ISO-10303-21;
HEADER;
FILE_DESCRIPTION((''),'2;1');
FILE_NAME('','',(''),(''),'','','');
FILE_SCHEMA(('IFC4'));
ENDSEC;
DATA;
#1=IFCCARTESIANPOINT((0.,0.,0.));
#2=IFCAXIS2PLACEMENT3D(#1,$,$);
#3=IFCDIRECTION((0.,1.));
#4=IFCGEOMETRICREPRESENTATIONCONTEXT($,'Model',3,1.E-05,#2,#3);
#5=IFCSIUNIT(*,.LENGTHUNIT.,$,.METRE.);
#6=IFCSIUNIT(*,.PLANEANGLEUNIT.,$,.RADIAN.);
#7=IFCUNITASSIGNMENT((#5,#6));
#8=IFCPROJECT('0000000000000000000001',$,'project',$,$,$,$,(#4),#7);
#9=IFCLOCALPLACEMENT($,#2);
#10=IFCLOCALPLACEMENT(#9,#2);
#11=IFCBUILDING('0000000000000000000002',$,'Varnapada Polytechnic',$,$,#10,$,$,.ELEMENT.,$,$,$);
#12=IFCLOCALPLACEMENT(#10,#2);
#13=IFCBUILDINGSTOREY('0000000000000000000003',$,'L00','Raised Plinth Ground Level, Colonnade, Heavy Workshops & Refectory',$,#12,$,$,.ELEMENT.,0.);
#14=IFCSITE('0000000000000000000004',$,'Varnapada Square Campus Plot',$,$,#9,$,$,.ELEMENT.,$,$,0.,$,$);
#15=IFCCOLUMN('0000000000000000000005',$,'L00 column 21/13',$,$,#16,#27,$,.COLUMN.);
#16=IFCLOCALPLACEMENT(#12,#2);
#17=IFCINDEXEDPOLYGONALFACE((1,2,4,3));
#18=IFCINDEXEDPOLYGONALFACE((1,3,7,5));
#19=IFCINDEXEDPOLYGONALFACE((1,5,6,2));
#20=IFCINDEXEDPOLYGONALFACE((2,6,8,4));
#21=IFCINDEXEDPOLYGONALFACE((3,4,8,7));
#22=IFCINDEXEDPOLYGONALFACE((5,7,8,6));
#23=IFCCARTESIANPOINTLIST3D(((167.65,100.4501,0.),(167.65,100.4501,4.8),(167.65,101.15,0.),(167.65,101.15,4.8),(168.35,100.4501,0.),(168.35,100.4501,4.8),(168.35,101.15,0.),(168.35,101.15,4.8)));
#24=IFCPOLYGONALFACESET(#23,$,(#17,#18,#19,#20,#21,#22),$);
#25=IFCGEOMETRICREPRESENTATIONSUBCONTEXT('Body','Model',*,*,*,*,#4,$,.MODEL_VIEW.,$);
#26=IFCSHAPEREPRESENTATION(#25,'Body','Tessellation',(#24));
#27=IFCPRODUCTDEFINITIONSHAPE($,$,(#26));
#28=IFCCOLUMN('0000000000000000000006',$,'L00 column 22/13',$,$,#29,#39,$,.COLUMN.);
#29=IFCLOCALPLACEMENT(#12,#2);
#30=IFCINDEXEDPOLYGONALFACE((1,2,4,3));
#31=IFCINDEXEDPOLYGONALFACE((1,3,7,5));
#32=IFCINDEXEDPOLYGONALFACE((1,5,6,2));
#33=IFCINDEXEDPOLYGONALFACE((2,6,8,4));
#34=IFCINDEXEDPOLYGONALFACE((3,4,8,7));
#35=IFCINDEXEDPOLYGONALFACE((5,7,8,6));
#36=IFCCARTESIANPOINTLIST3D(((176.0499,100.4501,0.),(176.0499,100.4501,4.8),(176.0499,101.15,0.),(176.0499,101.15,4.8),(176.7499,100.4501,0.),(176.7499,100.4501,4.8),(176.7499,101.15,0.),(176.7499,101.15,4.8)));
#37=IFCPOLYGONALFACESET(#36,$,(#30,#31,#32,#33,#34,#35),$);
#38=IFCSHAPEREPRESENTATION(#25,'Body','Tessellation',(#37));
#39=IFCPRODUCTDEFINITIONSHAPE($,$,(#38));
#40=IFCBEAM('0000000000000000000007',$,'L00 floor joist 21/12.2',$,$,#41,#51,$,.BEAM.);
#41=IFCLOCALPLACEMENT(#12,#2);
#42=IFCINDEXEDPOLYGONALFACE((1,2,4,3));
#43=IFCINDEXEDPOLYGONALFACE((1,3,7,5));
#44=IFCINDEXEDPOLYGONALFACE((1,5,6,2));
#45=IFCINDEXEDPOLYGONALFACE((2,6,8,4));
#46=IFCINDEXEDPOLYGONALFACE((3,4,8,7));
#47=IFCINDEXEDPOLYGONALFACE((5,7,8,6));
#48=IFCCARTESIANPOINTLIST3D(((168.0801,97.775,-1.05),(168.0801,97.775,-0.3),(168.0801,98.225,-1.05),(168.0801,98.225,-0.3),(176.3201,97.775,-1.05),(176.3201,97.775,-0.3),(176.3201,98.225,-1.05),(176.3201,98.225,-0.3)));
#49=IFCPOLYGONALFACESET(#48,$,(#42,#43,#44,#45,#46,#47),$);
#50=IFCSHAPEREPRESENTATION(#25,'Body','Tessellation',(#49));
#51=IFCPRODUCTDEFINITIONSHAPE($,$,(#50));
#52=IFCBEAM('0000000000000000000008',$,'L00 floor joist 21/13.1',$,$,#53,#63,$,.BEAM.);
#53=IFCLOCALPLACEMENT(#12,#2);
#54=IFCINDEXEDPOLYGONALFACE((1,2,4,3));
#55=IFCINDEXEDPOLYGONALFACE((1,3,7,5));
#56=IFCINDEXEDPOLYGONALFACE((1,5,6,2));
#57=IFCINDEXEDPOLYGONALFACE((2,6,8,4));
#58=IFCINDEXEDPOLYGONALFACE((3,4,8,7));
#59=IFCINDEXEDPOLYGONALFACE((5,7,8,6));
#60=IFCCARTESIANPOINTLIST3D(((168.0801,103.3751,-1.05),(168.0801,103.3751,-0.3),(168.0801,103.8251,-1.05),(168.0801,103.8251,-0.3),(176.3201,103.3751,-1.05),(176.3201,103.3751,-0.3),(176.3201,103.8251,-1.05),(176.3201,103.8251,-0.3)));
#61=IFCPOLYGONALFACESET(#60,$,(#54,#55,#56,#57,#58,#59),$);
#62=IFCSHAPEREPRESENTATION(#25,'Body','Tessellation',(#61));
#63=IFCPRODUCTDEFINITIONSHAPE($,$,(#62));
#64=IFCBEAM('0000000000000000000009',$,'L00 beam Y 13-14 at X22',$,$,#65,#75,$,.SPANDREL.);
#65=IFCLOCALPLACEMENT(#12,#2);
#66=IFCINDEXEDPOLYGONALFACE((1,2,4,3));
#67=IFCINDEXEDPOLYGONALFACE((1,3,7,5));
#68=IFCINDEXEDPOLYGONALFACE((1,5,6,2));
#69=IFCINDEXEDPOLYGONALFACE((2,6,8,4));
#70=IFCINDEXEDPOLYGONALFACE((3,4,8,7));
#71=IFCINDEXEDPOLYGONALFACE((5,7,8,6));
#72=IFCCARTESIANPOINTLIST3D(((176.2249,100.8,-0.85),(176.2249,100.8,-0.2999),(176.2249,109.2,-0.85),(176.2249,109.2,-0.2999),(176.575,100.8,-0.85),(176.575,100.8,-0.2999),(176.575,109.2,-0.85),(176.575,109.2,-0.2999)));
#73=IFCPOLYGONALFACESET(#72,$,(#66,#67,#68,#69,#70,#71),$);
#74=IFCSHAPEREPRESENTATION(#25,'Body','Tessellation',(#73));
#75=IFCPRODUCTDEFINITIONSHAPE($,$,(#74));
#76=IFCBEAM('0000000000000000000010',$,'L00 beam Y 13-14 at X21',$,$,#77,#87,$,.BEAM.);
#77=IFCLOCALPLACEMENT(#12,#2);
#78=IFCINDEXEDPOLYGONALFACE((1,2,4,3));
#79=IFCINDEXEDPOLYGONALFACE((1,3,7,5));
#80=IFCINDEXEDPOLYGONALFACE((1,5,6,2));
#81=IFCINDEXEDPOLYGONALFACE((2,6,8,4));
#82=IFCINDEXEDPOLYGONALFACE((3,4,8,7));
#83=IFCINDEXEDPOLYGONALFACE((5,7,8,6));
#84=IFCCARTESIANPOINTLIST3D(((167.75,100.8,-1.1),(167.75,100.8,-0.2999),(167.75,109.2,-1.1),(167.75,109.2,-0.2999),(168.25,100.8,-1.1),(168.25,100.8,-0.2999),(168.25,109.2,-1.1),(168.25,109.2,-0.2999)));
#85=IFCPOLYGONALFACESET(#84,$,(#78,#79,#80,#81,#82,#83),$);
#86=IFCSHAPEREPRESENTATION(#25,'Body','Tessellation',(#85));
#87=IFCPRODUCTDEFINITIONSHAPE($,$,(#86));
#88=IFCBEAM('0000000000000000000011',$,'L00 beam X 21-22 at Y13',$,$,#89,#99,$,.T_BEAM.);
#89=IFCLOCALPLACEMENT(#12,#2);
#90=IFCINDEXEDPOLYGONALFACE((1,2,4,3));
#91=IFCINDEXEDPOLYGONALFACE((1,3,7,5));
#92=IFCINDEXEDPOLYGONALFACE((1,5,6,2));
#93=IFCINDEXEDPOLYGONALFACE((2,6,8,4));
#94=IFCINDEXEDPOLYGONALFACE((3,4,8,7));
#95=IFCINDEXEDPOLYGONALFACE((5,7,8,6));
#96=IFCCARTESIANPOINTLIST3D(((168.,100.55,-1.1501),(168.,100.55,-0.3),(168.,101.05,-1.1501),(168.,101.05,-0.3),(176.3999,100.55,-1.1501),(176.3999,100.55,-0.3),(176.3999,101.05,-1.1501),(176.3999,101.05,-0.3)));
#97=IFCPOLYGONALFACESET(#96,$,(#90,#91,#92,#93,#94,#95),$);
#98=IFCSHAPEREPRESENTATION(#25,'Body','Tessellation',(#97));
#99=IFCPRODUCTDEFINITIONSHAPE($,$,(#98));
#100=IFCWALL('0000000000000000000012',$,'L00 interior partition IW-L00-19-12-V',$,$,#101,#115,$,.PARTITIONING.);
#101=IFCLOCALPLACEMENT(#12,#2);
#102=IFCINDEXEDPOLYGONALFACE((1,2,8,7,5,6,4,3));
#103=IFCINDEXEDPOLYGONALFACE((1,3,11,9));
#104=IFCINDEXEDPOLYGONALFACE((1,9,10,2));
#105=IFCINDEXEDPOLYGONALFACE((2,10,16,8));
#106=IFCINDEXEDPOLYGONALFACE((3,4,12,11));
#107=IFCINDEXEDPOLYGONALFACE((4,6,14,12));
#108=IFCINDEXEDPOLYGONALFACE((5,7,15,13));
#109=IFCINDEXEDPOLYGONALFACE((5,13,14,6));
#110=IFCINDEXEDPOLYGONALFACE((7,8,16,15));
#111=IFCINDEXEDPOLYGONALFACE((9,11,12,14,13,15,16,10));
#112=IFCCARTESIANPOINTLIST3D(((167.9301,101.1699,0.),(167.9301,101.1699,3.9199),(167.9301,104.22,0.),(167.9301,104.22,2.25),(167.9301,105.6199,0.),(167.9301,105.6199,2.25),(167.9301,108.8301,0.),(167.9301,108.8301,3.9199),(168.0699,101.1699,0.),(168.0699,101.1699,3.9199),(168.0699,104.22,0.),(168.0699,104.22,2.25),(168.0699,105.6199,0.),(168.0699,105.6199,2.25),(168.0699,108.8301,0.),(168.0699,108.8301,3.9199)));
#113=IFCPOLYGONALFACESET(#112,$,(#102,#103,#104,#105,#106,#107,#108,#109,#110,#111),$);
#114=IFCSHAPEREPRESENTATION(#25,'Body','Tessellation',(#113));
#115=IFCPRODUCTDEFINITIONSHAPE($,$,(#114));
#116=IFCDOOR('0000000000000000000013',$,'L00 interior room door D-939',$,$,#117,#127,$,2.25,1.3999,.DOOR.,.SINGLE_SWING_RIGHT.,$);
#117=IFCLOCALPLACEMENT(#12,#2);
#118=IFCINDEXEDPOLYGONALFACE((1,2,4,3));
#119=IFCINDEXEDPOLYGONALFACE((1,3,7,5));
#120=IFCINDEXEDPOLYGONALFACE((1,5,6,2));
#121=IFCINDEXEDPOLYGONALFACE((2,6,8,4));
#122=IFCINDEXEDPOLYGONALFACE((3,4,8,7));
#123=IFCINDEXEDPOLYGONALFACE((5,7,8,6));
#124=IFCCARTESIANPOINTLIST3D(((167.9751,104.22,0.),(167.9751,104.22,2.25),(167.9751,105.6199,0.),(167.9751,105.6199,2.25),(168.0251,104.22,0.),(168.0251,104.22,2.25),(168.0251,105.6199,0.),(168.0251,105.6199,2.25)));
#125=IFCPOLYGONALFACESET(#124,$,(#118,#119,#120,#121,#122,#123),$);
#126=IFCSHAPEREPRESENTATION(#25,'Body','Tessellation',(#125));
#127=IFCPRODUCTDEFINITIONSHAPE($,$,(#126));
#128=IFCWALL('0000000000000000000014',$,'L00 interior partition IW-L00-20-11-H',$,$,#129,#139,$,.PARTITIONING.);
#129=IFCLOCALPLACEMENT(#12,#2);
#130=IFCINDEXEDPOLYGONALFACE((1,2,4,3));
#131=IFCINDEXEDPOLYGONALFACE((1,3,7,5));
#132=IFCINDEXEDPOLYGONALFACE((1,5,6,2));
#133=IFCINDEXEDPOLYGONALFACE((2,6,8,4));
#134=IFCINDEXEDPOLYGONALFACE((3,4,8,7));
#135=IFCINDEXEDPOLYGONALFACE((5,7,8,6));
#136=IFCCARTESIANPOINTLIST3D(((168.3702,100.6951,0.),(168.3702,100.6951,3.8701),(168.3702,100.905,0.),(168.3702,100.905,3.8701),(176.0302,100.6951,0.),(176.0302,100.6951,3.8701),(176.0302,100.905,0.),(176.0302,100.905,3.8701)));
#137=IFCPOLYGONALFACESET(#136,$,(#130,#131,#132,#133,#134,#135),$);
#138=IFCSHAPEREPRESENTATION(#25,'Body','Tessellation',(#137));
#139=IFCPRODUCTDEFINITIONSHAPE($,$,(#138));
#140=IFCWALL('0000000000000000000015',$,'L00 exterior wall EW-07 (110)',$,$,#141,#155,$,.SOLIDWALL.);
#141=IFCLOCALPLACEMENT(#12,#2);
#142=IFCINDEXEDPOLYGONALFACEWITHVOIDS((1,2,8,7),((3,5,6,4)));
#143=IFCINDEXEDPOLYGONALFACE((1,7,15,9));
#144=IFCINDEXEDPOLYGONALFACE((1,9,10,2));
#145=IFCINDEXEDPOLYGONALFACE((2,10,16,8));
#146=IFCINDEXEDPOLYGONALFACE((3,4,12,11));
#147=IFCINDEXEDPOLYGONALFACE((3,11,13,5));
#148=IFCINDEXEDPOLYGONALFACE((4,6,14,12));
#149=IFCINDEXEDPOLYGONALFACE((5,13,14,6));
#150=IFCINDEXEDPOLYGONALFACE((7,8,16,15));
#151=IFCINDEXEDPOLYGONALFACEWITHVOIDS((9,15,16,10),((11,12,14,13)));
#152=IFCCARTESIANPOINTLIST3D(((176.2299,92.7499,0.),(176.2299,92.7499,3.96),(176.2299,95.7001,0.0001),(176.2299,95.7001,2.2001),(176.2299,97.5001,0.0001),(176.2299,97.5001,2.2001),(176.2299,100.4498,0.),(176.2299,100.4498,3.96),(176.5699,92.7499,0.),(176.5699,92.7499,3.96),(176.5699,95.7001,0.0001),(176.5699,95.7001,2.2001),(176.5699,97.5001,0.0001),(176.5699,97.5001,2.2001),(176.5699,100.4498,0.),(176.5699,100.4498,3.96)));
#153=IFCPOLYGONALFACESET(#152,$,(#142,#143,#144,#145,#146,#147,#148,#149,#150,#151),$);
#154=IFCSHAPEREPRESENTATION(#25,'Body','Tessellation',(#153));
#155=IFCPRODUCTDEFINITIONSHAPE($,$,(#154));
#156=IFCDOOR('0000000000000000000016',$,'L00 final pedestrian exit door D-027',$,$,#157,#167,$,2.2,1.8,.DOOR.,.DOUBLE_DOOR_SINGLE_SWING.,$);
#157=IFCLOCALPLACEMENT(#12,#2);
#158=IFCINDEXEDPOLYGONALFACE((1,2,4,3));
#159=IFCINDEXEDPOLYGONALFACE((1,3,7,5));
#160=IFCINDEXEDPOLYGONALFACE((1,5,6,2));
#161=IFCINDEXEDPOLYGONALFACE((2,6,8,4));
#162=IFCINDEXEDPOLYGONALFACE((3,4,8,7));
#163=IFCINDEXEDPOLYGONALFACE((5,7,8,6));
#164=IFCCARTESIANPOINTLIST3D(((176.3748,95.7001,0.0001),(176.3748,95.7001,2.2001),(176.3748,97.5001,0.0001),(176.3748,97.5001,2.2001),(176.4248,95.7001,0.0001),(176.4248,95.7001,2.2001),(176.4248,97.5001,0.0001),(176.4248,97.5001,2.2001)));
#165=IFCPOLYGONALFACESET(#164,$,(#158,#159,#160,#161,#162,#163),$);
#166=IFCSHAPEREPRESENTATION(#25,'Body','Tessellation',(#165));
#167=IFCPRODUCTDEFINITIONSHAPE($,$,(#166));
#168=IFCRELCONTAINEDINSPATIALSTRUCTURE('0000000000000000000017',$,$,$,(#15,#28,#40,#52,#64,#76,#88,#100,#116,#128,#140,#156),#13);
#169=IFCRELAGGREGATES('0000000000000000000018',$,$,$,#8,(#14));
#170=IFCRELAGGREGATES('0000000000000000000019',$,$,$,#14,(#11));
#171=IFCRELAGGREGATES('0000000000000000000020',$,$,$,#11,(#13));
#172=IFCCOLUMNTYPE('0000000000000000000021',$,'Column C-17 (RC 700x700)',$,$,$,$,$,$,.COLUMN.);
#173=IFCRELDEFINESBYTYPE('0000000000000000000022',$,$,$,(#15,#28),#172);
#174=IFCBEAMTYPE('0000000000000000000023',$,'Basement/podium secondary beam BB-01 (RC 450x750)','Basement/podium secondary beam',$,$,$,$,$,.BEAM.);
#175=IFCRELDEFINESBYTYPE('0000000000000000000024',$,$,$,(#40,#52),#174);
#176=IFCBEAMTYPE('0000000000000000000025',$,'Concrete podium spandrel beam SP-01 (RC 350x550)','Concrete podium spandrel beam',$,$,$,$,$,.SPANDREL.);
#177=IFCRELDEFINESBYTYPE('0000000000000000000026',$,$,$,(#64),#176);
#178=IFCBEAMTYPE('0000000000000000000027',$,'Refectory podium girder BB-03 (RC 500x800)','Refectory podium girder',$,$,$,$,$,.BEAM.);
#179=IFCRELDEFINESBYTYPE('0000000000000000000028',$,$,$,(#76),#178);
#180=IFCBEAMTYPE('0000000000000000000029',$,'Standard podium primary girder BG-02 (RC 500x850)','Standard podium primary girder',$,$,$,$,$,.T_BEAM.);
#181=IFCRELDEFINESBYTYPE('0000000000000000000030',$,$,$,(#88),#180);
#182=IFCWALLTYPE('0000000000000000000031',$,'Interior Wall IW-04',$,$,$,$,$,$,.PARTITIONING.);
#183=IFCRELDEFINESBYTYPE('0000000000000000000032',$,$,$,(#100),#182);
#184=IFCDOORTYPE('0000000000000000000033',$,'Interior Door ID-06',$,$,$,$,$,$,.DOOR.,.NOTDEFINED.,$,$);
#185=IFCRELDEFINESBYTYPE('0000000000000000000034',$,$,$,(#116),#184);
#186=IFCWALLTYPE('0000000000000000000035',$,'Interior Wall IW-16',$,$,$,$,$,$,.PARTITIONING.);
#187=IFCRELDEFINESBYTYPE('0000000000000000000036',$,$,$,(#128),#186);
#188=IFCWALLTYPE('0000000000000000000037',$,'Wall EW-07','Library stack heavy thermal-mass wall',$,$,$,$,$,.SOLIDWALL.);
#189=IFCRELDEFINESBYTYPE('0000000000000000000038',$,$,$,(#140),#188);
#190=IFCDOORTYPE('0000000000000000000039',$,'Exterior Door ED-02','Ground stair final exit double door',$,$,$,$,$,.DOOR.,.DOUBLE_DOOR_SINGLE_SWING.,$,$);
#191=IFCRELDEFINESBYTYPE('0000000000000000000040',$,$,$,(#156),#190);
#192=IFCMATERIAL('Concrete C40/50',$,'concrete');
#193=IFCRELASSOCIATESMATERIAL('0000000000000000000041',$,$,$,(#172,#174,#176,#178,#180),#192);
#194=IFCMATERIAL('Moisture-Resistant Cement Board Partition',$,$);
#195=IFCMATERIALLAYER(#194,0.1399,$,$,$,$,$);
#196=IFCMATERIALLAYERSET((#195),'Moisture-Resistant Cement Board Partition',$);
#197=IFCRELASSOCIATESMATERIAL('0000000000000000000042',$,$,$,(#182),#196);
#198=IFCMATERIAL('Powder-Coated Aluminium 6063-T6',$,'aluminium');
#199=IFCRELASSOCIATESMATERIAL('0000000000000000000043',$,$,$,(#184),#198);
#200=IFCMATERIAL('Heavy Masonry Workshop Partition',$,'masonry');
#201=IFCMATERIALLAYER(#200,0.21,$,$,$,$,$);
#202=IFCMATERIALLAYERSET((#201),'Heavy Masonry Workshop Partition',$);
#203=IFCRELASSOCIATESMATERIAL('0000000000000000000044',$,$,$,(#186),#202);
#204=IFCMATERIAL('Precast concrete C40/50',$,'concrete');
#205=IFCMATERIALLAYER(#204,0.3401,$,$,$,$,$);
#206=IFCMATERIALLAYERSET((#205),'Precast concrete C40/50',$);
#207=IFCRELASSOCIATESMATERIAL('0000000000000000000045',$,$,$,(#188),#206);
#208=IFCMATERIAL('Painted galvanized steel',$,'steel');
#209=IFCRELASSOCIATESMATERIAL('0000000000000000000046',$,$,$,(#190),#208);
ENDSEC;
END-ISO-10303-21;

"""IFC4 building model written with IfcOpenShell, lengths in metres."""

from ifc_helpers import new_model, si_unit, direction, frame, frame_2d, origin, origin_2d, place, context, subcontext, project, spatial, rectangle, extrude, material, layer, layer_set, material_profile, profile_set, type_object, element, fill, save


model = new_model("IFC4")

# Units and contexts
model_context = context("Model", 3, precision=1e-05, world=origin(), true_north=direction((0.0, 1.0)))
body_context = subcontext(model_context, "Body", "Model", "MODEL_VIEW")
ifc_project = project(units=[si_unit("LENGTHUNIT", "METRE"), si_unit("PLANEANGLEUNIT", "RADIAN")], contexts=[model_context])

# Site, building, storey
site_placement = place(None, origin())
site = spatial("IfcSite", under=ifc_project, at=site_placement, Name="Varnapada Square Campus Plot", CompositionType="ELEMENT", RefElevation=0.0)
building_placement = place(site_placement, origin())
building = spatial("IfcBuilding", under=site, at=building_placement, Name="Varnapada Polytechnic", CompositionType="ELEMENT")
storey_placement = place(building_placement, origin())
storey = spatial("IfcBuildingStorey", under=building, at=storey_placement, Name="L00", Description="Raised Plinth Ground Level, Colonnade, Heavy Workshops & Refectory", CompositionType="ELEMENT", Elevation=0.0)

# Columns
ifc_material_1 = material(Name="Concrete C40/50", Category="concrete")
ifc_material_profile_1 = material_profile(ifc_material_1, rectangle(XDim=0.7, YDim=0.7, at=origin_2d()), Name="RC 700x700")
ifc_profile_set_1 = profile_set([ifc_material_profile_1], Name="Concrete C40/50")
column_type = type_object("IfcColumnType", Name="Column C-17 (RC 700x700)", PredefinedType="COLUMN", material=ifc_profile_set_1)
for number, where, z_axis, x_axis, name in (
    (1, (168.0, 100.8, 0.0), (0.0, 0.0, 1.0), (1.0, 0.0, 0.0), "L00 column 21/13"),
    (2, (176.3999, 100.8, 0.0), (0.0, 0.0, 1.0), (1.0, 0.0, 0.0), "L00 column 22/13"),
):
    element("IfcColumn", number, at=place(storey_placement, frame(where, z_axis=z_axis, x_axis=x_axis)), inside=storey, type_object=column_type, Name=name, PredefinedType="COLUMN", context=body_context, shape_type="SweptSolid", body=[
        extrude(rectangle(XDim=0.7, YDim=0.7, at=origin_2d()), origin(), (0.0, 0.0, 1.0), 4.8),
    ])

# Beams
ifc_material_profile_2 = material_profile(ifc_material_1, rectangle(XDim=0.45, YDim=0.75, at=origin_2d()), Name="RC 450x750")
ifc_profile_set_2 = profile_set([ifc_material_profile_2], Name="Concrete C40/50")
beam_type_1 = type_object("IfcBeamType", Name="Basement/podium secondary beam BB-01 (RC 450x750)", Description="Basement/podium secondary beam", PredefinedType="BEAM", material=ifc_profile_set_2)
for number, where, z_axis, x_axis, name in (
    (3, (168.0801, 98.0, -0.675), (1.0, 0.0, 0.0), (0.0, 1.0, 0.0), "L00 floor joist 21/12.2"),
    (4, (168.0801, 103.6001, -0.675), (1.0, 0.0, 0.0), (0.0, 1.0, 0.0), "L00 floor joist 21/13.1"),
):
    element("IfcBeam", number, at=place(storey_placement, frame(where, z_axis=z_axis, x_axis=x_axis)), inside=storey, type_object=beam_type_1, Name=name, PredefinedType="BEAM", context=body_context, shape_type="SweptSolid", body=[
        extrude(rectangle(XDim=0.45, YDim=0.75, at=origin_2d()), origin(), (0.0, 0.0, 1.0), 8.24),
    ])
ifc_material_profile_3 = material_profile(ifc_material_1, rectangle(XDim=0.3501, YDim=0.55, at=origin_2d()), Name="RC 350x550")
ifc_profile_set_3 = profile_set([ifc_material_profile_3], Name="Concrete C40/50")
beam_type_2 = type_object("IfcBeamType", Name="Concrete podium spandrel beam SP-01 (RC 350x550)", Description="Concrete podium spandrel beam", PredefinedType="SPANDREL", material=ifc_profile_set_3)
beam_1_placement = place(storey_placement, frame((176.3999, 100.8, -0.575), z_axis=(0.0, 1.0, 0.0), x_axis=(-1.0, 0.0, 0.0)))
element("IfcBeam", 5, at=beam_1_placement, inside=storey, type_object=beam_type_2, Name="L00 beam Y 13-14 at X22", PredefinedType="SPANDREL", context=body_context, shape_type="SweptSolid", body=[
    extrude(rectangle(XDim=0.3501, YDim=0.55, at=origin_2d()), origin(), (0.0, 0.0, 1.0), 8.3999),
])
ifc_material_profile_4 = material_profile(ifc_material_1, rectangle(XDim=0.5, YDim=0.8, at=origin_2d()), Name="RC 500x800")
ifc_profile_set_4 = profile_set([ifc_material_profile_4], Name="Concrete C40/50")
beam_type_3 = type_object("IfcBeamType", Name="Refectory podium girder BB-03 (RC 500x800)", Description="Refectory podium girder", PredefinedType="BEAM", material=ifc_profile_set_4)
beam_2_placement = place(storey_placement, frame((168.0, 100.8, -0.7), z_axis=(0.0, 1.0, 0.0), x_axis=(-1.0, 0.0, 0.0)))
element("IfcBeam", 6, at=beam_2_placement, inside=storey, type_object=beam_type_3, Name="L00 beam Y 13-14 at X21", PredefinedType="BEAM", context=body_context, shape_type="SweptSolid", body=[
    extrude(rectangle(XDim=0.5, YDim=0.8, at=origin_2d()), origin(), (0.0, 0.0, 1.0), 8.3999),
])
ifc_material_profile_5 = material_profile(ifc_material_1, rectangle(XDim=0.5, YDim=0.8501, at=origin_2d()), Name="RC 500x850")
ifc_profile_set_5 = profile_set([ifc_material_profile_5], Name="Concrete C40/50")
beam_type_4 = type_object("IfcBeamType", Name="Standard podium primary girder BG-02 (RC 500x850)", Description="Standard podium primary girder", PredefinedType="T_BEAM", material=ifc_profile_set_5)
beam_3_placement = place(storey_placement, frame((168.0, 100.8, -0.7251), z_axis=(1.0, 0.0, 0.0), x_axis=(0.0, 1.0, 0.0)))
element("IfcBeam", 7, at=beam_3_placement, inside=storey, type_object=beam_type_4, Name="L00 beam X 21-22 at Y13", PredefinedType="T_BEAM", context=body_context, shape_type="SweptSolid", body=[
    extrude(rectangle(XDim=0.5, YDim=0.8501, at=origin_2d()), origin(), (0.0, 0.0, 1.0), 8.3999),
])

# Wall, opening, door
ifc_material_2 = material(Name="Moisture-Resistant Cement Board Partition")
ifc_layer_1 = layer(ifc_material_2, 0.1399)
ifc_layer_set_1 = layer_set([ifc_layer_1], Name="Moisture-Resistant Cement Board Partition")
wall_type_1 = type_object("IfcWallType", Name="Interior Wall IW-04", PredefinedType="PARTITIONING", material=ifc_layer_set_1)
wall_1_placement = place(storey_placement, frame((168.0, 101.1699, 0.0), z_axis=(0.0, 0.0, 1.0), x_axis=(0.0, 1.0, 0.0)))
wall_1 = element("IfcWall", 8, at=wall_1_placement, inside=storey, type_object=wall_type_1, Name="L00 interior partition IW-L00-19-12-V", PredefinedType="PARTITIONING", context=body_context, shape_type="SweptSolid", body=[
    extrude(rectangle(XDim=7.6602, YDim=0.1399, at=frame_2d((3.8301, 0.0))), origin(), (0.0, 0.0, 1.0), 3.9199),
])
opening_1_placement = place(wall_1_placement, frame((3.05, 0.0, 0.0)))
opening_1 = element("IfcOpeningElement", 9, at=opening_1_placement, cuts=wall_1, PredefinedType="OPENING", context=body_context, shape_type="SweptSolid", body=[
    extrude(rectangle(XDim=1.3999, YDim=2.25, at=frame_2d((0.7, 1.125))), frame((0.0, 0.0798, 0.0), z_axis=(0.0, -1.0, 0.0), x_axis=(1.0, 0.0, 0.0)), (0.0, 0.0, 1.0), 0.1599),
])
ifc_material_3 = material(Name="Powder-Coated Aluminium 6063-T6", Category="aluminium")
door_type_1 = type_object("IfcDoorType", Name="Interior Door ID-06", OperationType="NOTDEFINED", PredefinedType="DOOR", material=ifc_material_3)
door_1_placement = place(opening_1_placement, origin())
door_1 = element("IfcDoor", 10, at=door_1_placement, inside=storey, type_object=door_type_1, Name="L00 interior room door D-939", OperationType="SINGLE_SWING_RIGHT", OverallHeight=2.25, OverallWidth=1.3999, PredefinedType="DOOR", context=body_context, shape_type="SweptSolid", body=[
    extrude(rectangle(XDim=1.3999, YDim=2.25, at=frame_2d((0.7, 1.125))), frame((0.0, 0.0249, 0.0), z_axis=(0.0, -1.0, 0.0), x_axis=(1.0, 0.0, 0.0)), (0.0, 0.0, 1.0), 0.05),
])
fill(opening_1, door_1)

# Wall
ifc_material_4 = material(Name="Heavy Masonry Workshop Partition", Category="masonry")
ifc_layer_2 = layer(ifc_material_4, 0.21)
ifc_layer_set_2 = layer_set([ifc_layer_2], Name="Heavy Masonry Workshop Partition")
wall_type_2 = type_object("IfcWallType", Name="Interior Wall IW-16", PredefinedType="PARTITIONING", material=ifc_layer_set_2)
wall_2_placement = place(storey_placement, frame((168.3701, 100.8, 0.0), z_axis=(0.0, 0.0, 1.0), x_axis=(1.0, 0.0, 0.0)))
element("IfcWall", 11, at=wall_2_placement, inside=storey, type_object=wall_type_2, Name="L00 interior partition IW-L00-20-11-H", PredefinedType="PARTITIONING", context=body_context, shape_type="SweptSolid", body=[
    extrude(rectangle(XDim=7.6599, YDim=0.21, at=frame_2d((3.8301, 0.0))), origin(), (0.0, 0.0, 1.0), 3.8701),
])

# Wall, opening, door
ifc_material_5 = material(Name="Precast concrete C40/50", Category="concrete")
ifc_layer_3 = layer(ifc_material_5, 0.3401)
ifc_layer_set_3 = layer_set([ifc_layer_3], Name="Precast concrete C40/50")
wall_type_3 = type_object("IfcWallType", Name="Wall EW-07", Description="Library stack heavy thermal-mass wall", PredefinedType="SOLIDWALL", material=ifc_layer_set_3)
wall_3_placement = place(storey_placement, frame((176.3999, 100.45, 0.0), z_axis=(0.0, 0.0, 1.0), x_axis=(0.0, -1.0, 0.0)))
wall_3 = element("IfcWall", 12, at=wall_3_placement, inside=storey, type_object=wall_type_3, Name="L00 exterior wall EW-07 (110)", PredefinedType="SOLIDWALL", context=body_context, shape_type="SweptSolid", body=[
    extrude(rectangle(XDim=7.7, YDim=0.3401, at=frame_2d((3.8501, 0.0))), origin(), (0.0, 0.0, 1.0), 3.96),
])
opening_2_placement = place(wall_3_placement, frame((2.95, 0.0, 0.0)))
opening_2 = element("IfcOpeningElement", 13, at=opening_2_placement, cuts=wall_3, PredefinedType="OPENING", context=body_context, shape_type="SweptSolid", body=[
    extrude(rectangle(XDim=1.8, YDim=2.2, at=frame_2d((0.8999, 1.1001))), frame((0.0, 0.1799, 0.0), z_axis=(0.0, -1.0, 0.0), x_axis=(1.0, 0.0, 0.0)), (0.0, 0.0, 1.0), 0.3601),
])
ifc_material_6 = material(Name="Painted galvanized steel", Category="steel")
door_type_2 = type_object("IfcDoorType", Name="Exterior Door ED-02", Description="Ground stair final exit double door", OperationType="DOUBLE_DOOR_SINGLE_SWING", PredefinedType="DOOR", material=ifc_material_6)
door_2_placement = place(opening_2_placement, origin())
door_2 = element("IfcDoor", 14, at=door_2_placement, inside=storey, type_object=door_type_2, Name="L00 final pedestrian exit door D-027", OperationType="DOUBLE_DOOR_SINGLE_SWING", OverallHeight=2.2, OverallWidth=1.8, PredefinedType="DOOR", context=body_context, shape_type="SweptSolid", body=[
    extrude(rectangle(XDim=1.8, YDim=2.2, at=frame_2d((0.8999, 1.1001))), frame((0.0, 0.0249, 0.0), z_axis=(0.0, -1.0, 0.0), x_axis=(1.0, 0.0, 0.0)), (0.0, 0.0, 1.0), 0.05),
])
fill(opening_2, door_2)

save(model, "model.ifc")
